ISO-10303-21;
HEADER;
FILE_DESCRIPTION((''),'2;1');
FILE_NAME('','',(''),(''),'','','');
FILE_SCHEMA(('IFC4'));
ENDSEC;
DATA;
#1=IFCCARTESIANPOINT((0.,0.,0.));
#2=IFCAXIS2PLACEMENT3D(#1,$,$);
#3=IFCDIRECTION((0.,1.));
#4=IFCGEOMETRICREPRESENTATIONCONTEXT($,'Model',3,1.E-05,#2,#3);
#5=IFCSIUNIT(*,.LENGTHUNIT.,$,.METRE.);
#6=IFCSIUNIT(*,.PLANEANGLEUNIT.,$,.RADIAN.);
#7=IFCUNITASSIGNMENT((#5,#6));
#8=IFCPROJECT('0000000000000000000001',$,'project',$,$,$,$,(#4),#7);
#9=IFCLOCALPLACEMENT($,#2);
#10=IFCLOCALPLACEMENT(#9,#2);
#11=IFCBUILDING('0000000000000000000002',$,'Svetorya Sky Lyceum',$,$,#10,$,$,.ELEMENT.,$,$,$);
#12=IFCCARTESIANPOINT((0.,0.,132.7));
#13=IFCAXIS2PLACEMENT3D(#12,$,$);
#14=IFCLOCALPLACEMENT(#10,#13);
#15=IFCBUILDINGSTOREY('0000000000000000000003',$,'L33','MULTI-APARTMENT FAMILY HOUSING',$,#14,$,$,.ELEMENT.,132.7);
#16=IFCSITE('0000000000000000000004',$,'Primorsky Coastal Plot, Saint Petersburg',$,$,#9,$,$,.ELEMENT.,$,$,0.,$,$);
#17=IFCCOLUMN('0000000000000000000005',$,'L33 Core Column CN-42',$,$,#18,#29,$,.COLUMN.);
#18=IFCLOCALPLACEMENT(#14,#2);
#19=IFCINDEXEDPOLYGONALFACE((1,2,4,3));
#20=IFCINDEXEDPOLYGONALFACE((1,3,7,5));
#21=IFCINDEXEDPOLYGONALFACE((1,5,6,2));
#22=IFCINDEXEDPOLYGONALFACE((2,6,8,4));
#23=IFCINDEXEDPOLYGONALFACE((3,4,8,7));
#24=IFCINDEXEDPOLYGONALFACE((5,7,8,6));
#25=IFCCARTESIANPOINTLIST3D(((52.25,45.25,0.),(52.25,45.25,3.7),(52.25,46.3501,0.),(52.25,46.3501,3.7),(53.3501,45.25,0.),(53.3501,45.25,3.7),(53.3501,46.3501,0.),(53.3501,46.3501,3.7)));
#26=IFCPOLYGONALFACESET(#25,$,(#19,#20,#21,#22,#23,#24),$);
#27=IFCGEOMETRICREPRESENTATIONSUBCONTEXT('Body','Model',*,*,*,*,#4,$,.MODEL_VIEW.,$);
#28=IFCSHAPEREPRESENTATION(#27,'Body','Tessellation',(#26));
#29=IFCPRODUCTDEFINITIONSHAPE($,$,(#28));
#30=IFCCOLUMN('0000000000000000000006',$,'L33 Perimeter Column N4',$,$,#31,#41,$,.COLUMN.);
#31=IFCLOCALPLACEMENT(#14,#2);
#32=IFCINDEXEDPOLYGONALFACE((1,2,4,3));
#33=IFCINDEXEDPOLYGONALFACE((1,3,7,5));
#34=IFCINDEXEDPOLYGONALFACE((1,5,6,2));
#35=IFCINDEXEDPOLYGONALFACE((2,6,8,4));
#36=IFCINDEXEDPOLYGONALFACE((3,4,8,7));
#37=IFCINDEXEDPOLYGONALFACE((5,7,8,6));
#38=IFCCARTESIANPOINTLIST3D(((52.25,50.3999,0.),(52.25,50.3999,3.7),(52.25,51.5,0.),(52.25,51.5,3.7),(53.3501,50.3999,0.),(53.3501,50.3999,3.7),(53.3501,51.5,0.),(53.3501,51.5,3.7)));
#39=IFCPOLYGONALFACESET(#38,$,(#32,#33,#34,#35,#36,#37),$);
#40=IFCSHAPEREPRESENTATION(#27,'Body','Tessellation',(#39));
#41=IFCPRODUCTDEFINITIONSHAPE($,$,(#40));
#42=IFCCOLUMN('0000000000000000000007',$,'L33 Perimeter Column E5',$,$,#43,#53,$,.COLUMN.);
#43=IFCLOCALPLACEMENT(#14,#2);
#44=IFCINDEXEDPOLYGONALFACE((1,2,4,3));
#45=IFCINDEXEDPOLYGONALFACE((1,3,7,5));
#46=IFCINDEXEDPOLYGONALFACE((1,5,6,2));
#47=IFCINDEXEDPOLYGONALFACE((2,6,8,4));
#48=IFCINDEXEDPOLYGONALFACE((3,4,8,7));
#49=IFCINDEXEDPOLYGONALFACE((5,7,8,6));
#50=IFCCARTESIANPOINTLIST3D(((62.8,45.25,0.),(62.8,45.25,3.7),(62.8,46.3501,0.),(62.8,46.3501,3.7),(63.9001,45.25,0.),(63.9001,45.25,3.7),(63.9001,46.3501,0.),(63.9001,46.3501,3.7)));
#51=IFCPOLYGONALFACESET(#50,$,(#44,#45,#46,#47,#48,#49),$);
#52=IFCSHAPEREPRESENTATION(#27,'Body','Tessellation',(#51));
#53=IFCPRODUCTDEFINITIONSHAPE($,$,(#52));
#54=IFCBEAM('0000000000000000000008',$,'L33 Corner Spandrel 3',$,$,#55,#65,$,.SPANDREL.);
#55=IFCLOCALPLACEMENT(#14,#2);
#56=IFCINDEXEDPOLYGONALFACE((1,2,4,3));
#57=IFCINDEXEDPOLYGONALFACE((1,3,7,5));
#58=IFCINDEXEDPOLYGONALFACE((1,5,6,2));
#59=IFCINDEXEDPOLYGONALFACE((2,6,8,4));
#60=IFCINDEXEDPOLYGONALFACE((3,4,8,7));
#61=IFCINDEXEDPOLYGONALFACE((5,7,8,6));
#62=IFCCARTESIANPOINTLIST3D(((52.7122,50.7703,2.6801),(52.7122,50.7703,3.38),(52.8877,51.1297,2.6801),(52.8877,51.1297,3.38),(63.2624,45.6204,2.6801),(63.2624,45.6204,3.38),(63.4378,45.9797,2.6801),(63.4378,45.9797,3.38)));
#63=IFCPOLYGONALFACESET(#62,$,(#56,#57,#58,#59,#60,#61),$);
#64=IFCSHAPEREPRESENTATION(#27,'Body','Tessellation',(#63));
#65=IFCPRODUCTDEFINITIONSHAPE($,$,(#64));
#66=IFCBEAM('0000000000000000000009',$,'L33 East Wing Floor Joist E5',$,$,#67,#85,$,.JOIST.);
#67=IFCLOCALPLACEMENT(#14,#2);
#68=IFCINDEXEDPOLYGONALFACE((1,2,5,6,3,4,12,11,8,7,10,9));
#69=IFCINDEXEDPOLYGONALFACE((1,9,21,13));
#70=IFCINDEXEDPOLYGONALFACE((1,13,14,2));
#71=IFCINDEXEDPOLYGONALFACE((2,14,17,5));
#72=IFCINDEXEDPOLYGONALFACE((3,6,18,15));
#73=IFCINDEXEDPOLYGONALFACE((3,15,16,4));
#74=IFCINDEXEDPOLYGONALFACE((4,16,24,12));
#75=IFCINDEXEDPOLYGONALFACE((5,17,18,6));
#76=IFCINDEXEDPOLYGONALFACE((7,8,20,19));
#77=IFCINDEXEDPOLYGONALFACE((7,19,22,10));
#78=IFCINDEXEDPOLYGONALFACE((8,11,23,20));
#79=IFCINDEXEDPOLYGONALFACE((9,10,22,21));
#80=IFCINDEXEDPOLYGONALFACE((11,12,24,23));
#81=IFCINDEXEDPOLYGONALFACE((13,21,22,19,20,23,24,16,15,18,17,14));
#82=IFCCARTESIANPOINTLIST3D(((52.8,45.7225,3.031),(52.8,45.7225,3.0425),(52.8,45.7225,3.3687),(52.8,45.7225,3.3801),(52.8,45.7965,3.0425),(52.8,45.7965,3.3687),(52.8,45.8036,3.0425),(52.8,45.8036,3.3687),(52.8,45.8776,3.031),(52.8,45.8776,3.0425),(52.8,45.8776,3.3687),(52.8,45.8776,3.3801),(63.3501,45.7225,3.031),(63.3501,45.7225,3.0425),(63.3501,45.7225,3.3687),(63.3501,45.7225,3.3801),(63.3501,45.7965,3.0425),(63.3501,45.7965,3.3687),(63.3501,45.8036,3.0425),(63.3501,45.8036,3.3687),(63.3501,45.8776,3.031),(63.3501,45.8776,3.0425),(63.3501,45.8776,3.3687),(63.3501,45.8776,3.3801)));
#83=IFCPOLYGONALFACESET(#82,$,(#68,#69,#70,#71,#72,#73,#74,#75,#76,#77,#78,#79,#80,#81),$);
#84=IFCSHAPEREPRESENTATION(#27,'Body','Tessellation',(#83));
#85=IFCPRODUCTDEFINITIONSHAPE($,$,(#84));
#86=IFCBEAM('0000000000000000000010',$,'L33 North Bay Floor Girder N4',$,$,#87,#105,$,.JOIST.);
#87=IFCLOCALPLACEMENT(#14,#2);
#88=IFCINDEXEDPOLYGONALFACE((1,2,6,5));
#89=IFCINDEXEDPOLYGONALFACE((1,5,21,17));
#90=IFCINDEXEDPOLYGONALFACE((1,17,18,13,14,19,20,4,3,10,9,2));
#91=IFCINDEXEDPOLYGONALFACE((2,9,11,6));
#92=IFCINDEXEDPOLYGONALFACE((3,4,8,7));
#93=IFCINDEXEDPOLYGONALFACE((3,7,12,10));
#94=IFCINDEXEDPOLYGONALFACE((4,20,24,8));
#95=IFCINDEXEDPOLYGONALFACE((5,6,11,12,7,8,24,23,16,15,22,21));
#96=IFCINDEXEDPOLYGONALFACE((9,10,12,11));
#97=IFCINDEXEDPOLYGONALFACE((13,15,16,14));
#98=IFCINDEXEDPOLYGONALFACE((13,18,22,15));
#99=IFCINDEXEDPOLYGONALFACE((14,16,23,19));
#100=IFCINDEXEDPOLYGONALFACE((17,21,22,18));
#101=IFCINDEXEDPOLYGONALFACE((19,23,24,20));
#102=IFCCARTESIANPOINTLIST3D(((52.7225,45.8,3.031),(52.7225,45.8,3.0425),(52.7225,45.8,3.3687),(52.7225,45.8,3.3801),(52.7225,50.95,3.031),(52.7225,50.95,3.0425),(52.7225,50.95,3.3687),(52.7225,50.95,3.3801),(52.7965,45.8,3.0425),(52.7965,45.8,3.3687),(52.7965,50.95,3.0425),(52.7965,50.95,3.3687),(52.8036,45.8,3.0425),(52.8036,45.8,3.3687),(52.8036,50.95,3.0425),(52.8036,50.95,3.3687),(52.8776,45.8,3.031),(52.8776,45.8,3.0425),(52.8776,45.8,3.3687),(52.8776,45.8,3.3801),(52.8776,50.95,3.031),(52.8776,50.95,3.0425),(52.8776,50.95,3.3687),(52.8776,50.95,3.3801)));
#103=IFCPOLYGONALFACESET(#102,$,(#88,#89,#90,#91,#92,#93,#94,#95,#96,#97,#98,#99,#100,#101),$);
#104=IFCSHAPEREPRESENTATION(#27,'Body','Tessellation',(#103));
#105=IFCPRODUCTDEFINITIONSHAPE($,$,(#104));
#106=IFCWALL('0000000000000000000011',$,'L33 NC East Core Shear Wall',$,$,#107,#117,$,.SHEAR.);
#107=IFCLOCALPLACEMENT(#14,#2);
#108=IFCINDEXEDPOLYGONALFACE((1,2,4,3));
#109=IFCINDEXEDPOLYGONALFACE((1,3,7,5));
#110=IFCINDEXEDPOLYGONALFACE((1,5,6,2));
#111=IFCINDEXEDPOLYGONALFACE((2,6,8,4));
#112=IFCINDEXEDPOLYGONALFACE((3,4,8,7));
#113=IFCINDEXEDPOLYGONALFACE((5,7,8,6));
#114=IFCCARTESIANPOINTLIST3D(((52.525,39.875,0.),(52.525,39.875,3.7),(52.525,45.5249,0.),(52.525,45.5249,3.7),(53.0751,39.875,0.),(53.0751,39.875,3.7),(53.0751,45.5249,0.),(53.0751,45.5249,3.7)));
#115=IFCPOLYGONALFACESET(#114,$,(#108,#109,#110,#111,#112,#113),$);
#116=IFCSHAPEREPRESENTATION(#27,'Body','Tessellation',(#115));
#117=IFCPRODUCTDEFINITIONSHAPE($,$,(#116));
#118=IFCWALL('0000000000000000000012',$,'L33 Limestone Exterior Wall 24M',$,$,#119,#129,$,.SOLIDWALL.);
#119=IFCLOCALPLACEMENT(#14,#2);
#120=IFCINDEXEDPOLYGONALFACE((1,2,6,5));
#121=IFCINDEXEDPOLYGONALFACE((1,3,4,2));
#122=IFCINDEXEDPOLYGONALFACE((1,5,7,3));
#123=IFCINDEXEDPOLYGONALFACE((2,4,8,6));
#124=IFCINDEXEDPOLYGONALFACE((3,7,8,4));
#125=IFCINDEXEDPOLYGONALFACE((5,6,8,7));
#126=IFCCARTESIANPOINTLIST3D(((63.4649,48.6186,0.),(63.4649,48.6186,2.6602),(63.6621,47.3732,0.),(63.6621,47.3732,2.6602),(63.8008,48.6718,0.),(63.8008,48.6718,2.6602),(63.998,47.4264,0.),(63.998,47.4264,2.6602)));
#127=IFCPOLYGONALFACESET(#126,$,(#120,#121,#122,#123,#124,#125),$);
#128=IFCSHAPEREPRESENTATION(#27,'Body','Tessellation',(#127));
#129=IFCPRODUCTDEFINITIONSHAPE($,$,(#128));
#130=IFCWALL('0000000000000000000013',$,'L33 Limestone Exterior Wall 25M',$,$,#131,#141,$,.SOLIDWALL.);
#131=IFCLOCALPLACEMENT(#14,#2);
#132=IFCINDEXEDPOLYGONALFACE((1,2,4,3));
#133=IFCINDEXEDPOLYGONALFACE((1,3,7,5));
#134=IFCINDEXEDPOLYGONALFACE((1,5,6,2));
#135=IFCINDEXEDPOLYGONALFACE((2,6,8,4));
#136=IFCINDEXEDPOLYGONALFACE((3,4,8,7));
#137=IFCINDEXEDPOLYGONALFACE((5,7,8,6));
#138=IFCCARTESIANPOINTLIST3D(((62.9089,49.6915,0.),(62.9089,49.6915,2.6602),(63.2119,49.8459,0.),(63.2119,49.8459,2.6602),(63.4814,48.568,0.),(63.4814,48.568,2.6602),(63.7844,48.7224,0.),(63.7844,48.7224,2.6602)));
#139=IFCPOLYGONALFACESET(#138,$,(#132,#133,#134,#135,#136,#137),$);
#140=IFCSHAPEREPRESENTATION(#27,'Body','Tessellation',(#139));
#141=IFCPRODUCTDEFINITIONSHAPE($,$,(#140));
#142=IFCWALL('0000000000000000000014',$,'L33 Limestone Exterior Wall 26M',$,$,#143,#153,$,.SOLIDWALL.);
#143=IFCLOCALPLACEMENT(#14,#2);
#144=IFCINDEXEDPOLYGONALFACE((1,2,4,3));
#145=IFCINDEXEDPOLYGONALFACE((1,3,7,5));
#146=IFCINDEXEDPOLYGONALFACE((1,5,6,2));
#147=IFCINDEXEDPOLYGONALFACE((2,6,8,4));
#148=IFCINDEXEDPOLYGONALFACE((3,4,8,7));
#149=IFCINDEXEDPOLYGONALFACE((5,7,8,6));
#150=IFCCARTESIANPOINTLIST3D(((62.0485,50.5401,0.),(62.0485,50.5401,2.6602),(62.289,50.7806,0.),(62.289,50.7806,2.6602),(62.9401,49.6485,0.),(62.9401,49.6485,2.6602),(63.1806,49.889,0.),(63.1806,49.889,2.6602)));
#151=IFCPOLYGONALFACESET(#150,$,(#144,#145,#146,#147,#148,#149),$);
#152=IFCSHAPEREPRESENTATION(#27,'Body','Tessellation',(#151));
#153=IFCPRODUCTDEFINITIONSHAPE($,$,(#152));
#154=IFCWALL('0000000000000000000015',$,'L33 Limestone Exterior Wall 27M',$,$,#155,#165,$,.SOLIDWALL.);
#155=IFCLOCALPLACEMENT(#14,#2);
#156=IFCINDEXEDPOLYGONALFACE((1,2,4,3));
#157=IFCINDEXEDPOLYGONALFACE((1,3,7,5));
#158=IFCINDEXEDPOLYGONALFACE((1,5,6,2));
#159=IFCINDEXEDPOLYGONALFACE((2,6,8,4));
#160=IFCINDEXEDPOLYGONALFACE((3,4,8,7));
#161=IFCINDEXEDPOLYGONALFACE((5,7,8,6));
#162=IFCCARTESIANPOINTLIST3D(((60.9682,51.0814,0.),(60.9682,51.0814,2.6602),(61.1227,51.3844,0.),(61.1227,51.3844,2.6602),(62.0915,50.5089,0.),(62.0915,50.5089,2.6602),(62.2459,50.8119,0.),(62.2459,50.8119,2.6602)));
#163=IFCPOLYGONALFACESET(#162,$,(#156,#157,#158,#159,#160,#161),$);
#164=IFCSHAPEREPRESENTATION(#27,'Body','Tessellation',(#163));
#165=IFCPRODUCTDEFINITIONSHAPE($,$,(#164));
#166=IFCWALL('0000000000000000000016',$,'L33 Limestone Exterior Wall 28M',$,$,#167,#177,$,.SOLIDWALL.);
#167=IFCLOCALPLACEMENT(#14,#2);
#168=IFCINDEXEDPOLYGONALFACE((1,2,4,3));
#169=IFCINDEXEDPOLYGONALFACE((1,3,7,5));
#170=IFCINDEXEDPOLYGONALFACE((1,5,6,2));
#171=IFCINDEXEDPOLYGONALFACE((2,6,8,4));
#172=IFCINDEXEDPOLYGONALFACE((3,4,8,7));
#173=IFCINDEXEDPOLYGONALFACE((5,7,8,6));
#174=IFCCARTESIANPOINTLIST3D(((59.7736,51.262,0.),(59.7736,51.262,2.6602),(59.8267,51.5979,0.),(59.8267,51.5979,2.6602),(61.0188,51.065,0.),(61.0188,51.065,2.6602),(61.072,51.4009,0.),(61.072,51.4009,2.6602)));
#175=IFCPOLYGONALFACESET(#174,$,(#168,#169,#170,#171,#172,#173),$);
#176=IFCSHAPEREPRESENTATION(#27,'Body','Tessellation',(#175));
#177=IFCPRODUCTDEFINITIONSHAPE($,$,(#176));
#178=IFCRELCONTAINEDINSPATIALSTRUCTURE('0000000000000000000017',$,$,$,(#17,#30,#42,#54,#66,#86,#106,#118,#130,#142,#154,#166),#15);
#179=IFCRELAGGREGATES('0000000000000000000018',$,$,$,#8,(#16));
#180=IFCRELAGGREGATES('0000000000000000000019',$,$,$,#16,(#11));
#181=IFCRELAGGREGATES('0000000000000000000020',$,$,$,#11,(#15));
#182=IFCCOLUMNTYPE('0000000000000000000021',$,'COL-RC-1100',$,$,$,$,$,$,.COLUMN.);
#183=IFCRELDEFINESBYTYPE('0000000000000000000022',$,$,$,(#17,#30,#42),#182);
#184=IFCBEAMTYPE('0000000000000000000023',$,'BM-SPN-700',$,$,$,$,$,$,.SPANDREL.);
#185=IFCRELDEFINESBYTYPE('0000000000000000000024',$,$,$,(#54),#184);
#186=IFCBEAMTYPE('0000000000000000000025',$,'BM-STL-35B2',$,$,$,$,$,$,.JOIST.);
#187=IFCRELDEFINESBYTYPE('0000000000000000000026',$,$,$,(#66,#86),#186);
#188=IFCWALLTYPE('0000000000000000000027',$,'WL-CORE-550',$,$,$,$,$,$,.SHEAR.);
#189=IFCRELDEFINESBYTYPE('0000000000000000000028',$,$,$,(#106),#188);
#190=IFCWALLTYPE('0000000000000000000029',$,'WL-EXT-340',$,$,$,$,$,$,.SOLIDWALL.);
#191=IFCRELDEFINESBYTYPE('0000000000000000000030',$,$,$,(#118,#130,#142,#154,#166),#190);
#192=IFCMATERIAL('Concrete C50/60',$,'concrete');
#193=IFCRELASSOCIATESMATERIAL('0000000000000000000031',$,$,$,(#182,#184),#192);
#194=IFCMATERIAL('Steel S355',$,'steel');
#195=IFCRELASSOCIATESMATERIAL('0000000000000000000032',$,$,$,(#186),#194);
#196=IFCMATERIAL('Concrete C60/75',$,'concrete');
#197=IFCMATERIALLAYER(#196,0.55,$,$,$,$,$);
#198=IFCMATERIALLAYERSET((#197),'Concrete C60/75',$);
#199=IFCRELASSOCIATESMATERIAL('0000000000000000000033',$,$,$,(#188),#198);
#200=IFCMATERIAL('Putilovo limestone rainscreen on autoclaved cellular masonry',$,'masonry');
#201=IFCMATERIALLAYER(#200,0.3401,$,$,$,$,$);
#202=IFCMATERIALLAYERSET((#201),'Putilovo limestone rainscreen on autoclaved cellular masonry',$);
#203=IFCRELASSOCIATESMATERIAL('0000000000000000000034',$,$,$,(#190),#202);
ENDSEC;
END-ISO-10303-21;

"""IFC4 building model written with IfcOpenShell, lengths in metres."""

from ifc_helpers import new_model, si_unit, direction, frame, frame_2d, origin, origin_2d, place, context, subcontext, project, spatial, rectangle, i_section, extrude, material, layer, layer_set, material_profile, profile_set, type_object, element, save


model = new_model("IFC4")

# Units and contexts
model_context = context("Model", 3, precision=1e-05, world=origin(), true_north=direction((0.0, 1.0)))
body_context = subcontext(model_context, "Body", "Model", "MODEL_VIEW")
ifc_project = project(units=[si_unit("LENGTHUNIT", "METRE"), si_unit("PLANEANGLEUNIT", "RADIAN")], contexts=[model_context])

# Site, building, storey
site_placement = place(None, origin())
site = spatial("IfcSite", under=ifc_project, at=site_placement, Name="Primorsky Coastal Plot, Saint Petersburg", CompositionType="ELEMENT", RefElevation=0.0)
building_placement = place(site_placement, origin())
building = spatial("IfcBuilding", under=site, at=building_placement, Name="Svetorya Sky Lyceum", CompositionType="ELEMENT")
storey_placement = place(building_placement, frame((0.0, 0.0, 132.7)))
storey = spatial("IfcBuildingStorey", under=building, at=storey_placement, Name="L33", Description="MULTI-APARTMENT FAMILY HOUSING", CompositionType="ELEMENT", Elevation=132.7)

# Columns
ifc_material_1 = material(Name="Concrete C50/60", Category="concrete")
ifc_material_profile_1 = material_profile(ifc_material_1, rectangle(XDim=1.1001, YDim=1.1001, at=origin_2d()), Name="RC COL 1100x1100")
ifc_profile_set_1 = profile_set([ifc_material_profile_1], Name="Concrete C50/60")
column_type = type_object("IfcColumnType", Name="COL-RC-1100", PredefinedType="COLUMN", material=ifc_profile_set_1)
for number, where, z_axis, x_axis, name in (
    (1, (52.8, 45.8, 0.0), (0.0, 0.0, 1.0), (1.0, 0.0, 0.0), "L33 Core Column CN-42"),
    (2, (52.8, 50.95, 0.0), (0.0, 0.0, 1.0), (1.0, 0.0, 0.0), "L33 Perimeter Column N4"),
    (3, (63.3501, 45.8, 0.0), (0.0, 0.0, 1.0), (1.0, 0.0, 0.0), "L33 Perimeter Column E5"),
):
    element("IfcColumn", number, at=place(storey_placement, frame(where, z_axis=z_axis, x_axis=x_axis)), inside=storey, type_object=column_type, Name=name, PredefinedType="COLUMN", context=body_context, shape_type="SweptSolid", body=[
        extrude(rectangle(XDim=1.1001, YDim=1.1001, at=origin_2d()), origin(), (0.0, 0.0, 1.0), 3.7),
    ])

# Beams
ifc_material_profile_2 = material_profile(ifc_material_1, rectangle(XDim=0.3999, YDim=0.7, at=origin_2d()), Name="RC SPANDREL 400x700")
ifc_profile_set_2 = profile_set([ifc_material_profile_2], Name="Concrete C50/60")
beam_type_1 = type_object("IfcBeamType", Name="BM-SPN-700", PredefinedType="SPANDREL", material=ifc_profile_set_2)
beam_1_placement = place(storey_placement, frame((63.3501, 45.8, 3.03), z_axis=(-0.89865, 0.438667, 0.0), x_axis=(-0.438667, -0.89865, 0.0)))
element("IfcBeam", 4, at=beam_1_placement, inside=storey, type_object=beam_type_1, Name="L33 Corner Spandrel 3", PredefinedType="SPANDREL", context=body_context, shape_type="SweptSolid", body=[
    extrude(rectangle(XDim=0.3999, YDim=0.7, at=origin_2d()), origin(), (0.0, 0.0, 1.0), 11.74),
])
ifc_material_2 = material(Name="Steel S355", Category="steel")
ifc_material_profile_3 = material_profile(ifc_material_2, i_section(OverallWidth=0.155, OverallDepth=0.3491, WebThickness=0.0071, FlangeThickness=0.0115, at=origin_2d()), Name="GOST 35B2")
ifc_profile_set_3 = profile_set([ifc_material_profile_3], Name="Steel S355")
beam_type_2 = type_object("IfcBeamType", Name="BM-STL-35B2", PredefinedType="JOIST", material=ifc_profile_set_3)
beam_2_placement = place(storey_placement, frame((52.8, 45.8, 3.2056), z_axis=(1.0, 0.0, 0.0), x_axis=(0.0, 1.0, 0.0)))
element("IfcBeam", 5, at=beam_2_placement, inside=storey, type_object=beam_type_2, Name="L33 East Wing Floor Joist E5", PredefinedType="JOIST", context=body_context, shape_type="SweptSolid", body=[
    extrude(i_section(OverallWidth=0.155, OverallDepth=0.3491, WebThickness=0.0071, FlangeThickness=0.0115, at=origin_2d()), origin(), (0.0, 0.0, 1.0), 10.55),
])
beam_3_placement = place(storey_placement, frame((52.8, 45.8, 3.2056), z_axis=(0.0, 1.0, 0.0), x_axis=(-1.0, 0.0, 0.0)))
element("IfcBeam", 6, at=beam_3_placement, inside=storey, type_object=beam_type_2, Name="L33 North Bay Floor Girder N4", PredefinedType="JOIST", context=body_context, shape_type="SweptSolid", body=[
    extrude(i_section(OverallWidth=0.155, OverallDepth=0.3491, WebThickness=0.0071, FlangeThickness=0.0115, at=origin_2d()), origin(), (0.0, 0.0, 1.0), 5.1499),
])

# Walls
ifc_material_3 = material(Name="Concrete C60/75", Category="concrete")
ifc_layer_1 = layer(ifc_material_3, 0.55)
ifc_layer_set_1 = layer_set([ifc_layer_1], Name="Concrete C60/75")
wall_type_1 = type_object("IfcWallType", Name="WL-CORE-550", PredefinedType="SHEAR", material=ifc_layer_set_1)
wall_1_placement = place(storey_placement, frame((52.8, 39.875, 0.0), z_axis=(0.0, 0.0, 1.0), x_axis=(0.0, 1.0, 0.0)))
element("IfcWall", 7, at=wall_1_placement, inside=storey, type_object=wall_type_1, Name="L33 NC East Core Shear Wall", PredefinedType="SHEAR", context=body_context, shape_type="SweptSolid", body=[
    extrude(rectangle(XDim=5.6499, YDim=0.55, at=frame_2d((2.825, 0.0))), origin(), (0.0, 0.0, 1.0), 3.7),
])
ifc_material_4 = material(Name="Putilovo limestone rainscreen on autoclaved cellular masonry", Category="masonry")
ifc_layer_2 = layer(ifc_material_4, 0.3401)
ifc_layer_set_2 = layer_set([ifc_layer_2], Name="Putilovo limestone rainscreen on autoclaved cellular masonry")
wall_type_2 = type_object("IfcWallType", Name="WL-EXT-340", PredefinedType="SOLIDWALL", material=ifc_layer_set_2)
for number, where, z_axis, x_axis, name in (
    (8, (63.8301, 47.3999, 0.0), (0.0, 0.0, 1.0), (-0.15645, 0.987686, 0.0), "L33 Limestone Exterior Wall 24M"),
    (9, (63.6328, 48.6453, 0.0), (0.0, 0.0, 1.0), (-0.454016, 0.890994, 0.0), "L33 Limestone Exterior Wall 25M"),
    (10, (63.0603, 49.7688, 0.0), (0.0, 0.0, 1.0), (-0.707107, 0.707107, 0.0), "L33 Limestone Exterior Wall 26M"),
):
    element("IfcWall", number, at=place(storey_placement, frame(where, z_axis=z_axis, x_axis=x_axis)), inside=storey, type_object=wall_type_2, Name=name, PredefinedType="SOLIDWALL", context=body_context, shape_type="SweptSolid", body=[
        extrude(rectangle(XDim=1.261, YDim=0.3401, at=frame_2d((0.6304, 0.0))), origin(), (0.0, 0.0, 1.0), 2.6602),
    ])
for number, where, z_axis, x_axis, name in (
    (11, (62.1687, 50.6604, 0.0), (0.0, 0.0, 1.0), (-0.890954, 0.454094, 0.0), "L33 Limestone Exterior Wall 27M"),
    (12, (61.0454, 51.2329, 0.0), (0.0, 0.0, 1.0), (-0.987716, 0.156261, 0.0), "L33 Limestone Exterior Wall 28M"),
):
    element("IfcWall", number, at=place(storey_placement, frame(where, z_axis=z_axis, x_axis=x_axis)), inside=storey, type_object=wall_type_2, Name=name, PredefinedType="SOLIDWALL", context=body_context, shape_type="SweptSolid", body=[
        extrude(rectangle(XDim=1.2607, YDim=0.3401, at=frame_2d((0.6304, 0.0))), origin(), (0.0, 0.0, 1.0), 2.6602),
    ])

save(model, "model.ifc")
